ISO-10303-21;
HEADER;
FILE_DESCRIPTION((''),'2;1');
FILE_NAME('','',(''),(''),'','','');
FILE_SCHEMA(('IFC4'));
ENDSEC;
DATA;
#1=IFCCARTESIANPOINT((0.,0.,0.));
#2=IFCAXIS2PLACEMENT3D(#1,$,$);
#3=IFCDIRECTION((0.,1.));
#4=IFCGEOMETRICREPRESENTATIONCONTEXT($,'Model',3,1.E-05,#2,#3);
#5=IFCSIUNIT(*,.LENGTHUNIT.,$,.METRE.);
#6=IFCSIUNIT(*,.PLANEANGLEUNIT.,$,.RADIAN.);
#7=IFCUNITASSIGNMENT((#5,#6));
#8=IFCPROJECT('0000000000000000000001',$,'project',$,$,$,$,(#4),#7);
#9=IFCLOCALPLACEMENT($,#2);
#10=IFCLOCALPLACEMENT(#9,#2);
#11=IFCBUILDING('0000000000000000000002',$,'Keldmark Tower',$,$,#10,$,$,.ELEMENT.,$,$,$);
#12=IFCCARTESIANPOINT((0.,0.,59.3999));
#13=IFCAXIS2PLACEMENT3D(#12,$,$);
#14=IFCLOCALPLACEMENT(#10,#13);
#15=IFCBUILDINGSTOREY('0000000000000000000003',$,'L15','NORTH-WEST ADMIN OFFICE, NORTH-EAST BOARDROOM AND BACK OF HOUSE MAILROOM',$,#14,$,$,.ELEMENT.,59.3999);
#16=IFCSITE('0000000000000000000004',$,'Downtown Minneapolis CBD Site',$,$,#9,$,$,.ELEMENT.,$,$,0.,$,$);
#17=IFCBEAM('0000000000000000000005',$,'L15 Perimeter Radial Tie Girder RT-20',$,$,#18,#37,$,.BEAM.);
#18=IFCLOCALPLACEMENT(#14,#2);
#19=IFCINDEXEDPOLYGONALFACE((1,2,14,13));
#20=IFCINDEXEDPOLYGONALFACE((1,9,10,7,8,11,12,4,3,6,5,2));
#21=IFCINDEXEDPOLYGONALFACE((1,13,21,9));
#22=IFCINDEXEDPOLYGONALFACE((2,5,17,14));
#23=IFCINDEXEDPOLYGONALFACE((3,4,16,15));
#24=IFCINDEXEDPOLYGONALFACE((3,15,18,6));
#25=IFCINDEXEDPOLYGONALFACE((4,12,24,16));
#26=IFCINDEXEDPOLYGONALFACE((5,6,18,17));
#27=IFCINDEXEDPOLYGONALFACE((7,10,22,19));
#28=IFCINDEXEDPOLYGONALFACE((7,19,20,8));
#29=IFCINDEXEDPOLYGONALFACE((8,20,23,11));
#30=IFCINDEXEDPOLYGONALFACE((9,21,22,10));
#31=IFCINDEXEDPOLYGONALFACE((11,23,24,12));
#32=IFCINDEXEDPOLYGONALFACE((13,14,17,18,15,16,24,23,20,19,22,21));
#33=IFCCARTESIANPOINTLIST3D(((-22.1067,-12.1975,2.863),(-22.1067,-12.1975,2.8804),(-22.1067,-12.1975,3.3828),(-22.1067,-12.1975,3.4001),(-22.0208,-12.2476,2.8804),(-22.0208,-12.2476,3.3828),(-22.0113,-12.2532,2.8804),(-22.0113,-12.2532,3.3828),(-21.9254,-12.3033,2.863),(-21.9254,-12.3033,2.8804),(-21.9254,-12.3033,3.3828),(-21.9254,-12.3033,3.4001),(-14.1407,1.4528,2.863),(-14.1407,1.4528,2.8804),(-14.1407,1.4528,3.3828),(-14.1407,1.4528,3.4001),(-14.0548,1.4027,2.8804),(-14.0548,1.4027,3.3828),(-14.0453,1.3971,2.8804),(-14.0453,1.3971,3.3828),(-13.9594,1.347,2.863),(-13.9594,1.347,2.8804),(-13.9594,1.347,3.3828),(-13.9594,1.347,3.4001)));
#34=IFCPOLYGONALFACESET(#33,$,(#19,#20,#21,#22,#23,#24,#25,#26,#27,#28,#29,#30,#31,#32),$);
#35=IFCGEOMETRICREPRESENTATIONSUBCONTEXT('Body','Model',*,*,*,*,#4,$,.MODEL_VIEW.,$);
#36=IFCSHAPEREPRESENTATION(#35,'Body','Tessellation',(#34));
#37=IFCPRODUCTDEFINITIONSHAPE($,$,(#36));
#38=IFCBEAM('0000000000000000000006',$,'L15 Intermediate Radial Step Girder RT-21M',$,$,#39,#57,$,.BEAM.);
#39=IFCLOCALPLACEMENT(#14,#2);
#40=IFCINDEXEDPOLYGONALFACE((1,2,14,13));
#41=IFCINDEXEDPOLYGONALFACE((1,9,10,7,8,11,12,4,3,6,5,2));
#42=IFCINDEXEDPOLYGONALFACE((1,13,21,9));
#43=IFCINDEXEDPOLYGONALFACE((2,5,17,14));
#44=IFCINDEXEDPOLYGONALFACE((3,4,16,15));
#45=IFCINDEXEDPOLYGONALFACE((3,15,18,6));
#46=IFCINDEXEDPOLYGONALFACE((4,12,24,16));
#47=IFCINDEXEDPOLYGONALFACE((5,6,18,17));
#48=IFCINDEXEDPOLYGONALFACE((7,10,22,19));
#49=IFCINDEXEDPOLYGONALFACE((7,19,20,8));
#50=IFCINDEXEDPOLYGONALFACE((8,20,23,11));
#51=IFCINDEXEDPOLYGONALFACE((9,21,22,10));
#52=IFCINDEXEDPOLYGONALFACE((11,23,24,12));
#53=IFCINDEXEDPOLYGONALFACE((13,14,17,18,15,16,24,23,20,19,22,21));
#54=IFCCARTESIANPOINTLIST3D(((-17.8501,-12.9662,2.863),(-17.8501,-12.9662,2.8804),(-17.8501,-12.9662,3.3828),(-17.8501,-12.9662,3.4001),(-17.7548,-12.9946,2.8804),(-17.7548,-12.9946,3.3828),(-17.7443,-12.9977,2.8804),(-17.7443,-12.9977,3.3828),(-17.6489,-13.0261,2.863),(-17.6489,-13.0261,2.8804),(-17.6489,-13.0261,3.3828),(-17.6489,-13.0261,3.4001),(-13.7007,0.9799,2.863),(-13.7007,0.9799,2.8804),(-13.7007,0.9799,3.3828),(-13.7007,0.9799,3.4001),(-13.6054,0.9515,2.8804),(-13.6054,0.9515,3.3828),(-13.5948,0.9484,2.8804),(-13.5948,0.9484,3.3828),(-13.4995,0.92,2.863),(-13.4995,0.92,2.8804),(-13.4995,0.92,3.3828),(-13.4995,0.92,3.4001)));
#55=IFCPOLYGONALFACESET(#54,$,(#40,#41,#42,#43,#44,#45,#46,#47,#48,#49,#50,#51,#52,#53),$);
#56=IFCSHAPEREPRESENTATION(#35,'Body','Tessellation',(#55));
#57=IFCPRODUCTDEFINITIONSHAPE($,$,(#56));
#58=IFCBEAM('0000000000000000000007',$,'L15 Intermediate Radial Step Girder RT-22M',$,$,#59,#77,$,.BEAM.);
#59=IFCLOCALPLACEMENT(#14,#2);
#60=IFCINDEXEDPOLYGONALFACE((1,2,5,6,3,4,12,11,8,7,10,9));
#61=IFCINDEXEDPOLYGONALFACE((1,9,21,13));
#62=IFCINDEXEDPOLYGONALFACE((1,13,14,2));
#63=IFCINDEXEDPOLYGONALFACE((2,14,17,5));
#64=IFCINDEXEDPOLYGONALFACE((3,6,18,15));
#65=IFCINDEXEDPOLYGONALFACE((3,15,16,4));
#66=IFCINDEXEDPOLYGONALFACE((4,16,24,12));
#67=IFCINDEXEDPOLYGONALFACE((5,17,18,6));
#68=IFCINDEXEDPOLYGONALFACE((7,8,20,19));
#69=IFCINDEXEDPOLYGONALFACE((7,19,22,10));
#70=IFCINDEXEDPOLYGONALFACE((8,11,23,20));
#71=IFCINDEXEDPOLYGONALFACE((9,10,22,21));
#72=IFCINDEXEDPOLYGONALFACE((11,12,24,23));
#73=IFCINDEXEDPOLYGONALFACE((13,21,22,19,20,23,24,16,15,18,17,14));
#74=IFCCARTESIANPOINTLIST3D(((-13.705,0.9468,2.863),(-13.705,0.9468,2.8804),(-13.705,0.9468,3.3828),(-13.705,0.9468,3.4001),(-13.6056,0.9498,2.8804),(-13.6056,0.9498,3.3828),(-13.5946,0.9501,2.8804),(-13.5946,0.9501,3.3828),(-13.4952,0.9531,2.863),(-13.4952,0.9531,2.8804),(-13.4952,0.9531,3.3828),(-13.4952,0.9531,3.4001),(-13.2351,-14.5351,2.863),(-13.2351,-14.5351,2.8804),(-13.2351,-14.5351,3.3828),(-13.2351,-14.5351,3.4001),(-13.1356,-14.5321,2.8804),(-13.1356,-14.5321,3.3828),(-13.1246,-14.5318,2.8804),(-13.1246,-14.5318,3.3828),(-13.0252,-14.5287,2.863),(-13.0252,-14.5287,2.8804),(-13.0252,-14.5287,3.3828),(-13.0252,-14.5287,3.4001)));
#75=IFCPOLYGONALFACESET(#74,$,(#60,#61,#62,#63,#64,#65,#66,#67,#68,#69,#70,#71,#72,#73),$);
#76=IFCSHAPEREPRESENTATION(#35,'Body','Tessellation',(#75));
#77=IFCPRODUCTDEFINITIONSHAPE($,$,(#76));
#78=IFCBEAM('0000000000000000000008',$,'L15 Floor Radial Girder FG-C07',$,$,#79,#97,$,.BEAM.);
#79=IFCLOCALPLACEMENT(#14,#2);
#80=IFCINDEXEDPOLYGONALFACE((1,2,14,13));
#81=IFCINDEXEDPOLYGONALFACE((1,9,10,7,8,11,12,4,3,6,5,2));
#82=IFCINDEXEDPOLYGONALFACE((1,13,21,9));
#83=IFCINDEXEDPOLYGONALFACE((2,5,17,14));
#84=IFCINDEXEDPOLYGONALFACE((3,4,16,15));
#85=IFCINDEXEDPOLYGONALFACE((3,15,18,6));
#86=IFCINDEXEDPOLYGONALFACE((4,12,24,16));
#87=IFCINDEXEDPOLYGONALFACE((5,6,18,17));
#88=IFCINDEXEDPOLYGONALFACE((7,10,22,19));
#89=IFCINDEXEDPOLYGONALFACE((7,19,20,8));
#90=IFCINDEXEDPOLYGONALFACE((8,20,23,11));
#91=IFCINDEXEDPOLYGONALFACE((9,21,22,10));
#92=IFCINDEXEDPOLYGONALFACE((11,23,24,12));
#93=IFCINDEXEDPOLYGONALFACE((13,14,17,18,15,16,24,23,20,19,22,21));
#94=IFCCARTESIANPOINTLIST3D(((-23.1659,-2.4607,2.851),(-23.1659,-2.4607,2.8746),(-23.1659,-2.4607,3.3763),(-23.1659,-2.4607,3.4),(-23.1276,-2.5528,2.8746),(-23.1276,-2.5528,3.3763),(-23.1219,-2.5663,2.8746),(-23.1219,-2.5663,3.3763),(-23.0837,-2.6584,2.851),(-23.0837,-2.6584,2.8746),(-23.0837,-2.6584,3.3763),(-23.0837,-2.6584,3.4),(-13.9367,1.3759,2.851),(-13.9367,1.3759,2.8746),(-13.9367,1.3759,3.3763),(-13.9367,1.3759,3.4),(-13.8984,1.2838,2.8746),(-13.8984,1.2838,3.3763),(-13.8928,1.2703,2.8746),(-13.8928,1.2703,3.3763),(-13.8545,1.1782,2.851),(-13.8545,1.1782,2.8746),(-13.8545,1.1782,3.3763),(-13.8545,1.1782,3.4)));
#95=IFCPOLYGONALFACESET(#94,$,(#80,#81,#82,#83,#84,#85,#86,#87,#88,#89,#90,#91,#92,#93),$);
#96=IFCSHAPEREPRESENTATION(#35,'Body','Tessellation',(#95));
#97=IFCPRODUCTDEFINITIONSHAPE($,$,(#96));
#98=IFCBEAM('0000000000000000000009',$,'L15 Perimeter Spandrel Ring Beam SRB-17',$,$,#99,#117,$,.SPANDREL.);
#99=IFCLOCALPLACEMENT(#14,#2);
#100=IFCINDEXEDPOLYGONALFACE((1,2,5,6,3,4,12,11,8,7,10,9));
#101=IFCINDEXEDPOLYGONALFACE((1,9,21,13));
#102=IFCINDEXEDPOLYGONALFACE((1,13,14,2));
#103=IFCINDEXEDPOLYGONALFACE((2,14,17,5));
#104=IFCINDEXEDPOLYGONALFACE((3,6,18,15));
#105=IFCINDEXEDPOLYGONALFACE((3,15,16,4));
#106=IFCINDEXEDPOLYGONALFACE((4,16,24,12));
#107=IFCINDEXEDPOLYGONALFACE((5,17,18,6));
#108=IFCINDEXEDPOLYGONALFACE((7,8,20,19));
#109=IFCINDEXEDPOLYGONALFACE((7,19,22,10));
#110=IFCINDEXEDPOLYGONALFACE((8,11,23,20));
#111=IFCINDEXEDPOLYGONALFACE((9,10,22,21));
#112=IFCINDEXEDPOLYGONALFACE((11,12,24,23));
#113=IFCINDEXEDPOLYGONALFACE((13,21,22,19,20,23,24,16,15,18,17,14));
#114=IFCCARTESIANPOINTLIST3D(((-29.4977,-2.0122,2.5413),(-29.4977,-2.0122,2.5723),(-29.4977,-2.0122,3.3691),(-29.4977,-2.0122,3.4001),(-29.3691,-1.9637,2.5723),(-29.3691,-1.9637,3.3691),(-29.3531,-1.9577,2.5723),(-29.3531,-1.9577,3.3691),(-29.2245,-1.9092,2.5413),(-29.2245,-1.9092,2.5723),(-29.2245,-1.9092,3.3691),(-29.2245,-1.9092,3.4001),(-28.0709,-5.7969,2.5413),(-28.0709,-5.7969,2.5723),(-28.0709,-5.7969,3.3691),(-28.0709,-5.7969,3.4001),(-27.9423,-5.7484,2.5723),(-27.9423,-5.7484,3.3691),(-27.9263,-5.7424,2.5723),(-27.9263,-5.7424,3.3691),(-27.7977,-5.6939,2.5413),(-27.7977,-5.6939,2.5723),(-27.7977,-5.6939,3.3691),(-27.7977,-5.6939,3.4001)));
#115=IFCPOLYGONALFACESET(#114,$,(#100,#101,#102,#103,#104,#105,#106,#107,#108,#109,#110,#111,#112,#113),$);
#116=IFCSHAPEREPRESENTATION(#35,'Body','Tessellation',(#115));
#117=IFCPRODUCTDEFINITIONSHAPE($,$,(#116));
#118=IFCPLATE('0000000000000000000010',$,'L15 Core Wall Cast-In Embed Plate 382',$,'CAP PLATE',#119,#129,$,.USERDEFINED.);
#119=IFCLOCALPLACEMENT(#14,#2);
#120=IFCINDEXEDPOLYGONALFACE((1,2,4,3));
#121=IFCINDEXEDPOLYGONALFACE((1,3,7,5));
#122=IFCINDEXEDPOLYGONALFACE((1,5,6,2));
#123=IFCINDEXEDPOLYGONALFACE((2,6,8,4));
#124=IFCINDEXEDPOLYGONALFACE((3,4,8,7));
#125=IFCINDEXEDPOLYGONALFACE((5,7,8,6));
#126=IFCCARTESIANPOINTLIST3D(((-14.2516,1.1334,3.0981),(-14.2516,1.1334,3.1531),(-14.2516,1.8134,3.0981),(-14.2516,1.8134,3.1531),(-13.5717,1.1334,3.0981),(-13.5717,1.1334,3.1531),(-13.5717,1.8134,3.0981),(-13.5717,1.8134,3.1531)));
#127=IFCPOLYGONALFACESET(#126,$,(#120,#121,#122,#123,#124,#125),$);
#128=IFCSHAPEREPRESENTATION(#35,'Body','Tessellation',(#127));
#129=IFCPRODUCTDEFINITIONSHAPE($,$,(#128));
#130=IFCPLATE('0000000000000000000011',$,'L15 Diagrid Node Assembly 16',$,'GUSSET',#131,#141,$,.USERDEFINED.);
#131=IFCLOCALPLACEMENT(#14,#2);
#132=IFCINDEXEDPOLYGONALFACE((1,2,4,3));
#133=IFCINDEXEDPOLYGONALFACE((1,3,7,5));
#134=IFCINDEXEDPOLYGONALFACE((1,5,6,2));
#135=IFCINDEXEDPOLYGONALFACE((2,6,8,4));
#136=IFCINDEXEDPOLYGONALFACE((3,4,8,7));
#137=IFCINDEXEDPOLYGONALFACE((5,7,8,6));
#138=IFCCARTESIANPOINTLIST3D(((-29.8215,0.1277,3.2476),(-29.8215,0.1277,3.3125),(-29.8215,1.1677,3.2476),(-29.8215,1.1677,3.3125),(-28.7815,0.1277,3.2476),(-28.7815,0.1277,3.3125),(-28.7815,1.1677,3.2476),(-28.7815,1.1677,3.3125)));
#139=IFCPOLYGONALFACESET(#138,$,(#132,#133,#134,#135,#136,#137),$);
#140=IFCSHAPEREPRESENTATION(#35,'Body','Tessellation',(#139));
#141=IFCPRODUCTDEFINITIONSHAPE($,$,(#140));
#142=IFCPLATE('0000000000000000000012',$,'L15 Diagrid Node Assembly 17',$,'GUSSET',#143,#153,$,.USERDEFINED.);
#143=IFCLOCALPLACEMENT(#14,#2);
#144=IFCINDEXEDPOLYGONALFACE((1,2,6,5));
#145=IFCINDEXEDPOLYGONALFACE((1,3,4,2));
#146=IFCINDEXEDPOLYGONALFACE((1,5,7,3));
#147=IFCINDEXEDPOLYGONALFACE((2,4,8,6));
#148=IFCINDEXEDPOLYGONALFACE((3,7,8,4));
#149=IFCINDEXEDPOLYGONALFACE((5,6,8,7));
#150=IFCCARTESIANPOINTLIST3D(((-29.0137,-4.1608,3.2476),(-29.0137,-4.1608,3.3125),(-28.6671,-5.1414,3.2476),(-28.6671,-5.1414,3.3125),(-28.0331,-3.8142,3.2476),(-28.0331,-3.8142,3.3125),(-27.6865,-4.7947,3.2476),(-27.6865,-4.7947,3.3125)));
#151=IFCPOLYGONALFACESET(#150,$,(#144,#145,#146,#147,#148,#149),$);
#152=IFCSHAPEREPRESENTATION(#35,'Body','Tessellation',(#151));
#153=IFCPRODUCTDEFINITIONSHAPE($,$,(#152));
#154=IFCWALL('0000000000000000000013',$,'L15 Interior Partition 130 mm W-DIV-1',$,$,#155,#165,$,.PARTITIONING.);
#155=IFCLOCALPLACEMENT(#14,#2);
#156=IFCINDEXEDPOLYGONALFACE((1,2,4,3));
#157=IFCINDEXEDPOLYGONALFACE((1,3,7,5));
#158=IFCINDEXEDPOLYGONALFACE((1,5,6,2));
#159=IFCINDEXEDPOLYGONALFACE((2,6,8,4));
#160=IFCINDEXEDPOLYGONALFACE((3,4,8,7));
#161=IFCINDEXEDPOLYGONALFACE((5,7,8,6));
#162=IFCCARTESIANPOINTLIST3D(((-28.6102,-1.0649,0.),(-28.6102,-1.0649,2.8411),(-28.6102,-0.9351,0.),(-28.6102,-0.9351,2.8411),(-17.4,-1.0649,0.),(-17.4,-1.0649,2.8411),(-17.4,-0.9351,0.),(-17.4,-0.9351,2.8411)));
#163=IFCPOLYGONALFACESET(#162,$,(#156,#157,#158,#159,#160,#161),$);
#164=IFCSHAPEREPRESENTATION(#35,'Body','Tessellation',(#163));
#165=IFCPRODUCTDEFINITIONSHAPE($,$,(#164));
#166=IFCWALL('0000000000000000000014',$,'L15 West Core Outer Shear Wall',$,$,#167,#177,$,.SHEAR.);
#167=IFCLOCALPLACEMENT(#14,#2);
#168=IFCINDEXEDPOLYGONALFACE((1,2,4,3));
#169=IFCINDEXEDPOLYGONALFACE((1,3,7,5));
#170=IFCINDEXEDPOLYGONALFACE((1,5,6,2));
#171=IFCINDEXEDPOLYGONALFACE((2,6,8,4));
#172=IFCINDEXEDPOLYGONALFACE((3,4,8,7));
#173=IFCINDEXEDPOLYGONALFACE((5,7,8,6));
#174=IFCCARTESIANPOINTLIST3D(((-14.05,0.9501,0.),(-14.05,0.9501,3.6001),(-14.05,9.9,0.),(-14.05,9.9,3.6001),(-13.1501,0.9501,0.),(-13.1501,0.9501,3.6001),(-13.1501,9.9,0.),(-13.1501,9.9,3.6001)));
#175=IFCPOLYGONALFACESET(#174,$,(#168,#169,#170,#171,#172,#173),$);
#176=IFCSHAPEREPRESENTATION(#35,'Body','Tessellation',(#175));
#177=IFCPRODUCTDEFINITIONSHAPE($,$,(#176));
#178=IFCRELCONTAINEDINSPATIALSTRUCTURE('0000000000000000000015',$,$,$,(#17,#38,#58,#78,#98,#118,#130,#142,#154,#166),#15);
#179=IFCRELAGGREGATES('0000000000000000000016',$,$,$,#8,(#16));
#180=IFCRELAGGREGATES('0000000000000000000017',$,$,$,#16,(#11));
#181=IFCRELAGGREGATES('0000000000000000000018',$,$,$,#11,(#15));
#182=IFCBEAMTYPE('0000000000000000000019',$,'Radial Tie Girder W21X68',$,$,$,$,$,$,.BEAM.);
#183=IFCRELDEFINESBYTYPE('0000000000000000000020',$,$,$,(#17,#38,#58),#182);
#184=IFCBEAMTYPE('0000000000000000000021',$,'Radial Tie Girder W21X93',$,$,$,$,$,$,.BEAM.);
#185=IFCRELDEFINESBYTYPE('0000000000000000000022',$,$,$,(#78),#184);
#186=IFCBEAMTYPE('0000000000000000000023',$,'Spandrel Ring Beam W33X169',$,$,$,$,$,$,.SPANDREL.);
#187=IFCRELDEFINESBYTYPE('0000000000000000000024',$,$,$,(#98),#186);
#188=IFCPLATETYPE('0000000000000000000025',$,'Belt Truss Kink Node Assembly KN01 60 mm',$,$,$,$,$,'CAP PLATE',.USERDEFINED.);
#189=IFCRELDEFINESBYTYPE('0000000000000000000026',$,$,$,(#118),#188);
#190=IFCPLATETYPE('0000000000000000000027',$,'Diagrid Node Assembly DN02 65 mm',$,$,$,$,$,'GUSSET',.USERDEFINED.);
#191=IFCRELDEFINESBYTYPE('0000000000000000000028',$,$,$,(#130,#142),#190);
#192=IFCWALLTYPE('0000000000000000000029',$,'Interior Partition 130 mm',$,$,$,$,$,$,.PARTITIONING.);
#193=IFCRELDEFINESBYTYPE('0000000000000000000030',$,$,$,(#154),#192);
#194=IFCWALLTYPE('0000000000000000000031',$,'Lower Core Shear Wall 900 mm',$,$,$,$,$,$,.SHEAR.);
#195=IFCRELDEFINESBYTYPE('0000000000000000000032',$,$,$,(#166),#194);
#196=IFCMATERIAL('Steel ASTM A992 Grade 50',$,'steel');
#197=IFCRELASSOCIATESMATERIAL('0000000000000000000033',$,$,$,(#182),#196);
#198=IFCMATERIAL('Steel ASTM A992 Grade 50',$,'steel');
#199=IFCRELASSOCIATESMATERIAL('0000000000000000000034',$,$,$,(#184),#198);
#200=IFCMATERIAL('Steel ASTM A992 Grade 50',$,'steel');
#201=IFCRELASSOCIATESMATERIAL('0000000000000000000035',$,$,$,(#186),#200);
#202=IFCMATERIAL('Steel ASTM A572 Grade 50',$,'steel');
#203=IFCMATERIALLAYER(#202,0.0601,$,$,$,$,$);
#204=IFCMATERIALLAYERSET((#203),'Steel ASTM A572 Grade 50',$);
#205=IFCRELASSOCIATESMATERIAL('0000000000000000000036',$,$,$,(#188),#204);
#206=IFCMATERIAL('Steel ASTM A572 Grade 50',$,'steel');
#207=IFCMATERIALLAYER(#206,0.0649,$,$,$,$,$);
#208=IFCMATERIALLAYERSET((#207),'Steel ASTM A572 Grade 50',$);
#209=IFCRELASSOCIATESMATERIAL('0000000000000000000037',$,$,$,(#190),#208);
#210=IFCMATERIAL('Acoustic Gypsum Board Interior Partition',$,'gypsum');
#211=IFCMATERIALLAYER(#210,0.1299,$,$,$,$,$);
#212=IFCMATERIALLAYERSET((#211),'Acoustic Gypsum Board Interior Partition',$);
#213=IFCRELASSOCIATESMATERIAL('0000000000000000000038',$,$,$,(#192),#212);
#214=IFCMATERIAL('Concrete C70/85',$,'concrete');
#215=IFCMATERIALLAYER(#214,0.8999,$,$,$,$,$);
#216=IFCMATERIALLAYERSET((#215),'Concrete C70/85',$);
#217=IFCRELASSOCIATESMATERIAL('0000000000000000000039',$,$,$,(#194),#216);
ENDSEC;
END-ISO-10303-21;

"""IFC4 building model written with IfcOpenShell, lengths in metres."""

from ifc_helpers import new_model, si_unit, direction, frame, frame_2d, origin, origin_2d, place, context, subcontext, project, spatial, rectangle, i_section, extrude, material, layer, layer_set, material_profile, profile_set, type_object, element, save


model = new_model("IFC4")

# Units and contexts
model_context = context("Model", 3, precision=1e-05, world=origin(), true_north=direction((0.0, 1.0)))
body_context = subcontext(model_context, "Body", "Model", "MODEL_VIEW")
ifc_project = project(units=[si_unit("LENGTHUNIT", "METRE"), si_unit("PLANEANGLEUNIT", "RADIAN")], contexts=[model_context])

# Site, building, storey
site_placement = place(None, origin())
site = spatial("IfcSite", under=ifc_project, at=site_placement, Name="Downtown Minneapolis CBD Site", CompositionType="ELEMENT", RefElevation=0.0)
building_placement = place(site_placement, origin())
building = spatial("IfcBuilding", under=site, at=building_placement, Name="Keldmark Tower", CompositionType="ELEMENT")
storey_placement = place(building_placement, frame((0.0, 0.0, 59.3999)))
storey = spatial("IfcBuildingStorey", under=building, at=storey_placement, Name="L15", Description="NORTH-WEST ADMIN OFFICE, NORTH-EAST BOARDROOM AND BACK OF HOUSE MAILROOM", CompositionType="ELEMENT", Elevation=59.3999)

# Beams
ifc_material_1 = material(Name="Steel ASTM A992 Grade 50", Category="steel")
ifc_material_profile_1 = material_profile(ifc_material_1, i_section(OverallWidth=0.21, OverallDepth=0.5371, WebThickness=0.011, FlangeThickness=0.0173, at=origin_2d()), Name="W21X68")
ifc_profile_set_1 = profile_set([ifc_material_profile_1], Name="Steel ASTM A992 Grade 50")
beam_type_1 = type_object("IfcBeamType", Name="Radial Tie Girder W21X68", PredefinedType="BEAM", material=ifc_profile_set_1)
beam_1_placement = place(storey_placement, frame((-14.05, 1.3999, 3.1316), z_axis=(-0.504029, -0.863687, 0.0), x_axis=(0.863687, -0.504029, 0.0)))
element("IfcBeam", 1, at=beam_1_placement, inside=storey, type_object=beam_type_1, Name="L15 Perimeter Radial Tie Girder RT-20", PredefinedType="BEAM", context=body_context, shape_type="SweptSolid", body=[
    extrude(i_section(OverallWidth=0.21, OverallDepth=0.5371, WebThickness=0.011, FlangeThickness=0.0173, at=origin_2d()), origin(), (0.0, 0.0, 1.0), 15.8047),
])
beam_2_placement = place(storey_placement, frame((-13.6001, 0.95, 3.1316), z_axis=(-0.285178, -0.958475, 0.0), x_axis=(0.958475, -0.285178, 0.0)))
element("IfcBeam", 2, at=beam_2_placement, inside=storey, type_object=beam_type_1, Name="L15 Intermediate Radial Step Girder RT-21M", PredefinedType="BEAM", context=body_context, shape_type="SweptSolid", body=[
    extrude(i_section(OverallWidth=0.21, OverallDepth=0.5371, WebThickness=0.011, FlangeThickness=0.0173, at=origin_2d()), origin(), (0.0, 0.0, 1.0), 14.5503),
])
beam_3_placement = place(storey_placement, frame((-13.6001, 0.95, 3.1316), z_axis=(0.030342, -0.99954, 0.0), x_axis=(0.99954, 0.030342, 0.0)))
element("IfcBeam", 3, at=beam_3_placement, inside=storey, type_object=beam_type_1, Name="L15 Intermediate Radial Step Girder RT-22M", PredefinedType="BEAM", context=body_context, shape_type="SweptSolid", body=[
    extrude(i_section(OverallWidth=0.21, OverallDepth=0.5371, WebThickness=0.011, FlangeThickness=0.0173, at=origin_2d()), origin(), (0.0, 0.0, 1.0), 15.489),
])
ifc_material_2 = material(Name="Steel ASTM A992 Grade 50", Category="steel")
ifc_material_profile_2 = material_profile(ifc_material_2, i_section(OverallWidth=0.2141, OverallDepth=0.5491, WebThickness=0.0146, FlangeThickness=0.0237, at=origin_2d()), Name="W21X93")
ifc_profile_set_2 = profile_set([ifc_material_profile_2], Name="Steel ASTM A992 Grade 50")
beam_type_2 = type_object("IfcBeamType", Name="Radial Tie Girder W21X93", PredefinedType="BEAM", material=ifc_profile_set_2)
beam_4_placement = place(storey_placement, frame((-23.1248, -2.5596, 3.1255), z_axis=(0.923391, 0.383861, 0.0), x_axis=(-0.383861, 0.923391, 0.0)))
element("IfcBeam", 4, at=beam_4_placement, inside=storey, type_object=beam_type_2, Name="L15 Floor Radial Girder FG-C07", PredefinedType="BEAM", context=body_context, shape_type="SweptSolid", body=[
    extrude(i_section(OverallWidth=0.2141, OverallDepth=0.5491, WebThickness=0.0146, FlangeThickness=0.0237, at=origin_2d()), origin(), (0.0, 0.0, 1.0), 9.9949),
])
ifc_material_3 = material(Name="Steel ASTM A992 Grade 50", Category="steel")
ifc_material_profile_3 = material_profile(ifc_material_3, i_section(OverallWidth=0.292, OverallDepth=0.8589, WebThickness=0.0171, FlangeThickness=0.031, at=origin_2d()), Name="W33X169")
ifc_profile_set_3 = profile_set([ifc_material_profile_3], Name="Steel ASTM A992 Grade 50")
beam_type_3 = type_object("IfcBeamType", Name="Spandrel Ring Beam W33X169", PredefinedType="SPANDREL", material=ifc_profile_set_3)
beam_5_placement = place(storey_placement, frame((-29.3611, -1.9607, 2.9707), z_axis=(0.35275, -0.935718, 0.0), x_axis=(0.935718, 0.35275, 0.0)))
element("IfcBeam", 5, at=beam_5_placement, inside=storey, type_object=beam_type_3, Name="L15 Perimeter Spandrel Ring Beam SRB-17", PredefinedType="SPANDREL", context=body_context, shape_type="SweptSolid", body=[
    extrude(i_section(OverallWidth=0.292, OverallDepth=0.8589, WebThickness=0.0171, FlangeThickness=0.031, at=origin_2d()), origin(), (0.0, 0.0, 1.0), 4.0447),
])

# Plates
ifc_material_4 = material(Name="Steel ASTM A572 Grade 50", Category="steel")
ifc_layer_1 = layer(ifc_material_4, 0.0601)
ifc_layer_set_1 = layer_set([ifc_layer_1], Name="Steel ASTM A572 Grade 50")
plate_type_1 = type_object("IfcPlateType", Name="Belt Truss Kink Node Assembly KN01 60 mm", ElementType="CAP PLATE", PredefinedType="USERDEFINED", material=ifc_layer_set_1)
plate_placement = place(storey_placement, frame((-13.9116, 1.4734, 3.0981), z_axis=(0.0, 0.0, 1.0), x_axis=(1.0, 0.0, 0.0)))
element("IfcPlate", 6, at=plate_placement, inside=storey, type_object=plate_type_1, Name="L15 Core Wall Cast-In Embed Plate 382", ObjectType="CAP PLATE", PredefinedType="USERDEFINED", context=body_context, shape_type="SweptSolid", body=[
    extrude(rectangle(XDim=0.6799, YDim=0.6799, at=origin_2d()), origin(), (0.0, 0.0, 1.0), 0.0549),
])
ifc_material_5 = material(Name="Steel ASTM A572 Grade 50", Category="steel")
ifc_layer_2 = layer(ifc_material_5, 0.0649)
ifc_layer_set_2 = layer_set([ifc_layer_2], Name="Steel ASTM A572 Grade 50")
plate_type_2 = type_object("IfcPlateType", Name="Diagrid Node Assembly DN02 65 mm", ElementType="GUSSET", PredefinedType="USERDEFINED", material=ifc_layer_set_2)
for number, where, z_axis, x_axis, name in (
    (7, (-29.3015, 0.6477, 3.2476), (0.0, 0.0, 1.0), (0.0, -1.0, 0.0), "L15 Diagrid Node Assembly 16"),
    (8, (-28.3501, -4.4778, 3.2476), (0.0, 0.0, 1.0), (0.333313, -0.942816, 0.0), "L15 Diagrid Node Assembly 17"),
):
    element("IfcPlate", number, at=place(storey_placement, frame(where, z_axis=z_axis, x_axis=x_axis)), inside=storey, type_object=plate_type_2, Name=name, ObjectType="GUSSET", PredefinedType="USERDEFINED", context=body_context, shape_type="SweptSolid", body=[
        extrude(rectangle(XDim=1.04, YDim=1.04, at=origin_2d()), origin(), (0.0, 0.0, 1.0), 0.0649),
    ])

# Walls
ifc_material_6 = material(Name="Acoustic Gypsum Board Interior Partition", Category="gypsum")
ifc_layer_3 = layer(ifc_material_6, 0.1299)
ifc_layer_set_3 = layer_set([ifc_layer_3], Name="Acoustic Gypsum Board Interior Partition")
wall_type_1 = type_object("IfcWallType", Name="Interior Partition 130 mm", PredefinedType="PARTITIONING", material=ifc_layer_set_3)
wall_1_placement = place(storey_placement, frame((-28.6101, -1.0, 0.0), z_axis=(0.0, 0.0, 1.0), x_axis=(1.0, 0.0, 0.0)))
element("IfcWall", 9, at=wall_1_placement, inside=storey, type_object=wall_type_1, Name="L15 Interior Partition 130 mm W-DIV-1", PredefinedType="PARTITIONING", context=body_context, shape_type="SweptSolid", body=[
    extrude(rectangle(XDim=11.2102, YDim=0.1299, at=frame_2d((5.605, 0.0))), origin(), (0.0, 0.0, 1.0), 2.8411),
])
ifc_material_7 = material(Name="Concrete C70/85", Category="concrete")
ifc_layer_4 = layer(ifc_material_7, 0.8999)
ifc_layer_set_4 = layer_set([ifc_layer_4], Name="Concrete C70/85")
wall_type_2 = type_object("IfcWallType", Name="Lower Core Shear Wall 900 mm", PredefinedType="SHEAR", material=ifc_layer_set_4)
wall_2_placement = place(storey_placement, frame((-13.6001, 0.95, 0.0), z_axis=(0.0, 0.0, 1.0), x_axis=(0.0, 1.0, 0.0)))
element("IfcWall", 10, at=wall_2_placement, inside=storey, type_object=wall_type_2, Name="L15 West Core Outer Shear Wall", PredefinedType="SHEAR", context=body_context, shape_type="SweptSolid", body=[
    extrude(rectangle(XDim=8.95, YDim=0.8999, at=frame_2d((4.4751, 0.0))), origin(), (0.0, 0.0, 1.0), 3.6001),
])

save(model, "model.ifc")
